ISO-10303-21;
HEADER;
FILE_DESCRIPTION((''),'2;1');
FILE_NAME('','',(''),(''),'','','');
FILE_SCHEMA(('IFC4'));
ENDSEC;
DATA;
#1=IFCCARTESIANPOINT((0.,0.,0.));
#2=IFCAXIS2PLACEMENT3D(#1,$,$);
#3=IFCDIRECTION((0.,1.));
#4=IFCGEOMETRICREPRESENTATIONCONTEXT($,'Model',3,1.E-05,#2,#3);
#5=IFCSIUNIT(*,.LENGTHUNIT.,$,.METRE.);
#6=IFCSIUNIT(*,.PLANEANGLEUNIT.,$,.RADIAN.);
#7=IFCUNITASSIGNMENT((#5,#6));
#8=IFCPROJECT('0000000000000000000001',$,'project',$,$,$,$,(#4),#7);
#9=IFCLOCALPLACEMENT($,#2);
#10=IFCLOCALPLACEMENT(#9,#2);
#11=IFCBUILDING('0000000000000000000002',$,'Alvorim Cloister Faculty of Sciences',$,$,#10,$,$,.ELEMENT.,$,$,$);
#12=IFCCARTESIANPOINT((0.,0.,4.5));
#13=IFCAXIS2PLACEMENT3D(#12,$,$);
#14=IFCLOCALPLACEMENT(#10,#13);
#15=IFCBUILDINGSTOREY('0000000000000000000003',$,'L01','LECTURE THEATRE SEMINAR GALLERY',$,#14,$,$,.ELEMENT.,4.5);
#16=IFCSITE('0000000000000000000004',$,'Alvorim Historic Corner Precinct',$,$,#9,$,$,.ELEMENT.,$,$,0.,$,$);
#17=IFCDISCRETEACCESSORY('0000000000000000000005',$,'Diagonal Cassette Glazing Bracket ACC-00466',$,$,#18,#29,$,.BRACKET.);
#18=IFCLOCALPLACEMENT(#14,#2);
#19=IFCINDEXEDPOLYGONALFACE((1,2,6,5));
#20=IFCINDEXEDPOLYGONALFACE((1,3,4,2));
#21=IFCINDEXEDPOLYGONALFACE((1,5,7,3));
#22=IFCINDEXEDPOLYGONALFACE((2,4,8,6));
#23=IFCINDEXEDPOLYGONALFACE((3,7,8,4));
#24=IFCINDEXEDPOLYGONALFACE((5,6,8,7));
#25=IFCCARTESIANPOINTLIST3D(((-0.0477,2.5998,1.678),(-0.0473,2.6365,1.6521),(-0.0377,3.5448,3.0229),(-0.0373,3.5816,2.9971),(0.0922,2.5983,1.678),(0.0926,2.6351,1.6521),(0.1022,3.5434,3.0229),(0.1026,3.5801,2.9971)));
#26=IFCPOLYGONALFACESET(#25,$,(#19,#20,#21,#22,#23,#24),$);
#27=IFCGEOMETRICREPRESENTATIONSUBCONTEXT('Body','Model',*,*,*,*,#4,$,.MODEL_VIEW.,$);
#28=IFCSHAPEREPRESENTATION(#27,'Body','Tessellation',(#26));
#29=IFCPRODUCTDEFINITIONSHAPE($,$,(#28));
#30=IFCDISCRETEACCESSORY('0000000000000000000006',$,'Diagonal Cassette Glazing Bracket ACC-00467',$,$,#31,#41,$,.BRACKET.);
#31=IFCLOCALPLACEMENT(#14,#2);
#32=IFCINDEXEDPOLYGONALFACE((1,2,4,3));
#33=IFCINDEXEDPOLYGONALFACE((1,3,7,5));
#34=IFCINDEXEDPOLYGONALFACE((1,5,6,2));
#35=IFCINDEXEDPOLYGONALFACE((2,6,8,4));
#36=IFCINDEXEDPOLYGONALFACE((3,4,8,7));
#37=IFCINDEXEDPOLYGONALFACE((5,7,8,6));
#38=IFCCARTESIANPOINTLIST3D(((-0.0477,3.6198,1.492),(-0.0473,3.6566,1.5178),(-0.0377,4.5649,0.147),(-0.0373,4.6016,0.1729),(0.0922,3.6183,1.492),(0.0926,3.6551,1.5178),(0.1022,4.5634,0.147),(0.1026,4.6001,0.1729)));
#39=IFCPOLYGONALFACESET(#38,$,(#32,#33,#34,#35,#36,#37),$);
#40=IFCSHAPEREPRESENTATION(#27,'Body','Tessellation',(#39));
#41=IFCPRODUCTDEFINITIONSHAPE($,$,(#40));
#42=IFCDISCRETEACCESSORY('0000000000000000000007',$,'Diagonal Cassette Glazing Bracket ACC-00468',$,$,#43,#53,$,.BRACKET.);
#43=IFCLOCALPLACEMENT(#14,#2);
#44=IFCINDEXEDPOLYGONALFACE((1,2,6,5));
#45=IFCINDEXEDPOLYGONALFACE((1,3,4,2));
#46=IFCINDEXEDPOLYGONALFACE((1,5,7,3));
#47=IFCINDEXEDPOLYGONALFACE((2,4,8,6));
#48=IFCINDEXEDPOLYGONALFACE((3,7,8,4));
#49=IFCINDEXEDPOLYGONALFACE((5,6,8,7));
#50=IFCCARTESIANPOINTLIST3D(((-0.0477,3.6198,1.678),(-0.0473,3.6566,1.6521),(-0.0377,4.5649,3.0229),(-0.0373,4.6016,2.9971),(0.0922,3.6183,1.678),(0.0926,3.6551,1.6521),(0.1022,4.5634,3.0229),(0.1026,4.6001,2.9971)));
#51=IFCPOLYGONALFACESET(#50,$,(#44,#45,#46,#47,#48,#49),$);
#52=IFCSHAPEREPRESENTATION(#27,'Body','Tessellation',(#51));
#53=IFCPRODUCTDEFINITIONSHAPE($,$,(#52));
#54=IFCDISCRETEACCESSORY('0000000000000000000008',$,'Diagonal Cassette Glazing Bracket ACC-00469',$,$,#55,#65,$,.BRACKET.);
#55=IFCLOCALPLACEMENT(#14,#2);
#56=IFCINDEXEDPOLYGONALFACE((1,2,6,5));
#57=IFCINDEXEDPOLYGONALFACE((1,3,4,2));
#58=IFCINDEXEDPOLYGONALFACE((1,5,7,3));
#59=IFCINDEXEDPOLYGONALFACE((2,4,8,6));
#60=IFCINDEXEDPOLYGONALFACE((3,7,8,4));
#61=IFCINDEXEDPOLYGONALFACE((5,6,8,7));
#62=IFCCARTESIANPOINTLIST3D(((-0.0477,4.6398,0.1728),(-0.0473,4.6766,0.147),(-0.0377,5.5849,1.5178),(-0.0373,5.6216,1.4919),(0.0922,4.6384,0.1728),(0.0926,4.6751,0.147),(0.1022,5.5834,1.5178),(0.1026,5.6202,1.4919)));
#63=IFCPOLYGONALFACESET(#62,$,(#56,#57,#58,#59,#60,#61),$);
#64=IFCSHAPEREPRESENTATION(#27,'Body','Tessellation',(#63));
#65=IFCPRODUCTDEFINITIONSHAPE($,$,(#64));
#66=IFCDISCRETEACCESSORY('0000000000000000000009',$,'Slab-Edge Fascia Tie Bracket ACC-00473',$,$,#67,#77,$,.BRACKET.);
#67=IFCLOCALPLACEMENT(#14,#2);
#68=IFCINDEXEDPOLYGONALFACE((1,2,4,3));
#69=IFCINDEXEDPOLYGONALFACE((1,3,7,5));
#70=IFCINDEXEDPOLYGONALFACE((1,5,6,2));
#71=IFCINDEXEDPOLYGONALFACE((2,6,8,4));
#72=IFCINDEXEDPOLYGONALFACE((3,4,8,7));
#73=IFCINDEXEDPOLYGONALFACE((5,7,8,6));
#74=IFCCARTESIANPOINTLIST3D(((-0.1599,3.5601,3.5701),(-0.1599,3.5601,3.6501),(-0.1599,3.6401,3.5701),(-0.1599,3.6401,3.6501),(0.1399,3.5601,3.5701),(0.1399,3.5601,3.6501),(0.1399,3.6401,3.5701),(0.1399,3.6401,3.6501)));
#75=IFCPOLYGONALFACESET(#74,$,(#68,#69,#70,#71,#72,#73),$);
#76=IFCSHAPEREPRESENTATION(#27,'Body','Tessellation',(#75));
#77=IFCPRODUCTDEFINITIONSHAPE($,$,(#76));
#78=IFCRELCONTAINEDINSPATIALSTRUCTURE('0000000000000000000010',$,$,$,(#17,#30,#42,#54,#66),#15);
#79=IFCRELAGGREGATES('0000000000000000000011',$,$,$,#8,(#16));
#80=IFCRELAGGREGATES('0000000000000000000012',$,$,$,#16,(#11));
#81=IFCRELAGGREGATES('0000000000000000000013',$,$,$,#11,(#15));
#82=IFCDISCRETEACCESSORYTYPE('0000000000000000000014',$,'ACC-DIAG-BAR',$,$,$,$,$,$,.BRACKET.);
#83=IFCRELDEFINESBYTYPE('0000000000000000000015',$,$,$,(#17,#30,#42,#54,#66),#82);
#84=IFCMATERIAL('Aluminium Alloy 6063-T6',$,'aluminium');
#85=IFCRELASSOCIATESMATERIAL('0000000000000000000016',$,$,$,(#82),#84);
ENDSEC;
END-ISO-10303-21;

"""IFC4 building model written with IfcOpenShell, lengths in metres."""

from ifc_helpers import new_model, si_unit, direction, frame, origin, origin_2d, place, context, subcontext, project, spatial, rectangle, extrude, material, type_object, element, save


model = new_model("IFC4")

# Units and contexts
model_context = context("Model", 3, precision=1e-05, world=origin(), true_north=direction((0.0, 1.0)))
body_context = subcontext(model_context, "Body", "Model", "MODEL_VIEW")
ifc_project = project(units=[si_unit("LENGTHUNIT", "METRE"), si_unit("PLANEANGLEUNIT", "RADIAN")], contexts=[model_context])

# Site, building, storey
site_placement = place(None, origin())
site = spatial("IfcSite", under=ifc_project, at=site_placement, Name="Alvorim Historic Corner Precinct", CompositionType="ELEMENT", RefElevation=0.0)
building_placement = place(site_placement, origin())
building = spatial("IfcBuilding", under=site, at=building_placement, Name="Alvorim Cloister Faculty of Sciences", CompositionType="ELEMENT")
storey_placement = place(building_placement, frame((0.0, 0.0, 4.5)))
storey = spatial("IfcBuildingStorey", under=building, at=storey_placement, Name="L01", Description="LECTURE THEATRE SEMINAR GALLERY", CompositionType="ELEMENT", Elevation=4.5)

# Shared definitions
ifc_material_1 = material(Name="Aluminium Alloy 6063-T6", Category="aluminium")

# Discrete accessories
discrete_accessory_type = type_object("IfcDiscreteAccessoryType", Name="ACC-DIAG-BAR", PredefinedType="BRACKET", material=ifc_material_1)
for number, where, z_axis, x_axis, name in (
    (1, (0.0225, 2.6174, 1.665), (0.006089, 0.574916, 0.81819), (-0.999944, 0.010591, 0.0), "Diagonal Cassette Glazing Bracket ACC-00466"),
    (2, (0.0225, 3.6375, 1.5049), (0.006089, 0.574916, -0.81819), (-0.999944, 0.010591, 0.0), "Diagonal Cassette Glazing Bracket ACC-00467"),
    (3, (0.0225, 3.6375, 1.665), (0.006089, 0.574916, 0.81819), (-0.999944, 0.010591, 0.0), "Diagonal Cassette Glazing Bracket ACC-00468"),
    (4, (0.0225, 4.6575, 0.1599), (0.006089, 0.574916, 0.81819), (-0.999944, 0.010591, 0.0), "Diagonal Cassette Glazing Bracket ACC-00469"),
):
    element("IfcDiscreteAccessory", number, at=place(storey_placement, frame(where, z_axis=z_axis, x_axis=x_axis)), inside=storey, type_object=discrete_accessory_type, Name=name, PredefinedType="BRACKET", context=body_context, shape_type="SweptSolid", body=[
        extrude(rectangle(XDim=0.1399, YDim=0.0449, at=origin_2d()), origin(), (0.0, 0.0, 1.0), 1.6438),
    ])
discrete_accessory_placement = place(storey_placement, frame((0.1399, 3.6001, 3.6101), z_axis=(-1.0, 0.0, 0.0), x_axis=(0.0, -1.0, 0.0)))
element("IfcDiscreteAccessory", 5, at=discrete_accessory_placement, inside=storey, type_object=discrete_accessory_type, Name="Slab-Edge Fascia Tie Bracket ACC-00473", PredefinedType="BRACKET", context=body_context, shape_type="SweptSolid", body=[
    extrude(rectangle(XDim=0.0801, YDim=0.0801, at=origin_2d()), origin(), (0.0, 0.0, 1.0), 0.2998),
])

save(model, "model.ifc")
